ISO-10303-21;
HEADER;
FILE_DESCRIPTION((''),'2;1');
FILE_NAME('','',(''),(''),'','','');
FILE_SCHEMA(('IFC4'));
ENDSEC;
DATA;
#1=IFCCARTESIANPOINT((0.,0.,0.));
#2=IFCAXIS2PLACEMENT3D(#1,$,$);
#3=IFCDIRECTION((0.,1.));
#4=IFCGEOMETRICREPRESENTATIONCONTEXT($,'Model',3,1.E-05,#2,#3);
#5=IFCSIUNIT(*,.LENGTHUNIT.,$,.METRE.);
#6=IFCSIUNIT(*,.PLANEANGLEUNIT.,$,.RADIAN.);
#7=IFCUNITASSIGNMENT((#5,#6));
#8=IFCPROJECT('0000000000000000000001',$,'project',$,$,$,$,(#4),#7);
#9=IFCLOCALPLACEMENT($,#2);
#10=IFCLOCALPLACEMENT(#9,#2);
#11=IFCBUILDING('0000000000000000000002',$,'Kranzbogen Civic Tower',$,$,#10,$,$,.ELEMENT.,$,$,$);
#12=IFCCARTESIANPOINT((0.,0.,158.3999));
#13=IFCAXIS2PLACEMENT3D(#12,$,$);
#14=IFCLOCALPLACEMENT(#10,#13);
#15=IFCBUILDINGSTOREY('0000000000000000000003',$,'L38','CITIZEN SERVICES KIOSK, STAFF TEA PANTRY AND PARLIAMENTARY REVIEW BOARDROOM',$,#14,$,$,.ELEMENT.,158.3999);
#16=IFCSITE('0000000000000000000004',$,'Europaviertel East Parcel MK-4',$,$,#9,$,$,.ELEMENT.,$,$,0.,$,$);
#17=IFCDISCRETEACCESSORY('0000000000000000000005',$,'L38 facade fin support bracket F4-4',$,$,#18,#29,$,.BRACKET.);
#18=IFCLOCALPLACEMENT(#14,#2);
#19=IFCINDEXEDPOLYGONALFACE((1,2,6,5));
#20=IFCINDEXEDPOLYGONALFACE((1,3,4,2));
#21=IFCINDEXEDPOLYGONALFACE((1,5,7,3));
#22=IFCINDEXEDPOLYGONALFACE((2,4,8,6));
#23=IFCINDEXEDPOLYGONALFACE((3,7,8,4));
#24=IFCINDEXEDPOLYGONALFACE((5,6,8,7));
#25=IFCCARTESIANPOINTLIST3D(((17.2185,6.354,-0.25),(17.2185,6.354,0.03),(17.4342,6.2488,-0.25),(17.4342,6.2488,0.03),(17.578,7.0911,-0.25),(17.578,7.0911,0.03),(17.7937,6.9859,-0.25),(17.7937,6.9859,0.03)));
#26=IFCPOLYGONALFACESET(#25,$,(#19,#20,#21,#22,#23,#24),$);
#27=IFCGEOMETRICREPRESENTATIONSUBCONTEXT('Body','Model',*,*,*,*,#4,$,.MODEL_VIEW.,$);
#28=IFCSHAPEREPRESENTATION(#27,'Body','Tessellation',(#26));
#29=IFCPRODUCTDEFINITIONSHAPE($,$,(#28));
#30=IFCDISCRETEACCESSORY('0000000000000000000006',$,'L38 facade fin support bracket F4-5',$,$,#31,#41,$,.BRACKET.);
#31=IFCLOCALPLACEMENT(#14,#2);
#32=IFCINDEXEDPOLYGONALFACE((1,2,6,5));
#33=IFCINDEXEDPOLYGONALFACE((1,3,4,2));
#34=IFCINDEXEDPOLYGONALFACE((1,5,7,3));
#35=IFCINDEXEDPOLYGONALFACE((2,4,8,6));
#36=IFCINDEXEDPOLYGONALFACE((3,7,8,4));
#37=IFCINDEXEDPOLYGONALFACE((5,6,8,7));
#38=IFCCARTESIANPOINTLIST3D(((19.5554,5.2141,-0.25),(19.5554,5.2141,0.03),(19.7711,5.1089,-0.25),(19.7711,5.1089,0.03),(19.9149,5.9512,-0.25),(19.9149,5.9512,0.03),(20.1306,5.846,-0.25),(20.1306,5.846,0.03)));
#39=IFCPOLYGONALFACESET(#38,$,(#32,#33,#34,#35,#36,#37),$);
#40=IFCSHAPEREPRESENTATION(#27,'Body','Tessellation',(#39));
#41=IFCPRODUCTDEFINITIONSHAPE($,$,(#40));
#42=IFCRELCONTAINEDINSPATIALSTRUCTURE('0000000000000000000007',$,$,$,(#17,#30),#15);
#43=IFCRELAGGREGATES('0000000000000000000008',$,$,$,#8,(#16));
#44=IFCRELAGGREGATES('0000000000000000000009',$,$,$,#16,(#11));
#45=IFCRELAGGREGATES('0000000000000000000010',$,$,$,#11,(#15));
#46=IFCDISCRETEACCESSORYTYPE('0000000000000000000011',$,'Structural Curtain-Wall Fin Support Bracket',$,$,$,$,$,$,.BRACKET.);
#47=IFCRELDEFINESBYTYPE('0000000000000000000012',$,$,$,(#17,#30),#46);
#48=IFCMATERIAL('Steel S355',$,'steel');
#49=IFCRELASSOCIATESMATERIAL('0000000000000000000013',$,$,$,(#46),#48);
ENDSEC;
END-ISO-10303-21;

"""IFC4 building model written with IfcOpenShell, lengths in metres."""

from ifc_helpers import new_model, si_unit, direction, frame, origin, origin_2d, place, context, subcontext, project, spatial, rectangle, extrude, material, type_object, element, save


model = new_model("IFC4")

# Units and contexts
model_context = context("Model", 3, precision=1e-05, world=origin(), true_north=direction((0.0, 1.0)))
body_context = subcontext(model_context, "Body", "Model", "MODEL_VIEW")
ifc_project = project(units=[si_unit("LENGTHUNIT", "METRE"), si_unit("PLANEANGLEUNIT", "RADIAN")], contexts=[model_context])

# Site, building, storey
site_placement = place(None, origin())
site = spatial("IfcSite", under=ifc_project, at=site_placement, Name="Europaviertel East Parcel MK-4", CompositionType="ELEMENT", RefElevation=0.0)
building_placement = place(site_placement, origin())
building = spatial("IfcBuilding", under=site, at=building_placement, Name="Kranzbogen Civic Tower", CompositionType="ELEMENT")
storey_placement = place(building_placement, frame((0.0, 0.0, 158.3999)))
storey = spatial("IfcBuildingStorey", under=building, at=storey_placement, Name="L38", Description="CITIZEN SERVICES KIOSK, STAFF TEA PANTRY AND PARLIAMENTARY REVIEW BOARDROOM", CompositionType="ELEMENT", Elevation=158.3999)

# Shared definitions
ifc_material_1 = material(Name="Steel S355", Category="steel")

# Discrete accessories
discrete_accessory_type = type_object("IfcDiscreteAccessoryType", Name="Structural Curtain-Wall Fin Support Bracket", PredefinedType="BRACKET", material=ifc_material_1)
for number, where, z_axis, x_axis, name in (
    (1, (17.5061, 6.6699, -0.25), (0.0, 0.0, 1.0), (-0.438371, -0.898794, 0.0), "L38 facade fin support bracket F4-4"),
    (2, (19.843, 5.53, -0.25), (0.0, 0.0, 1.0), (-0.438371, -0.898794, 0.0), "L38 facade fin support bracket F4-5"),
):
    element("IfcDiscreteAccessory", number, at=place(storey_placement, frame(where, z_axis=z_axis, x_axis=x_axis)), inside=storey, type_object=discrete_accessory_type, Name=name, PredefinedType="BRACKET", context=body_context, shape_type="SweptSolid", body=[
        extrude(rectangle(XDim=0.8201, YDim=0.24, at=origin_2d()), origin(), (0.0, 0.0, 1.0), 0.28),
    ])

save(model, "model.ifc")
